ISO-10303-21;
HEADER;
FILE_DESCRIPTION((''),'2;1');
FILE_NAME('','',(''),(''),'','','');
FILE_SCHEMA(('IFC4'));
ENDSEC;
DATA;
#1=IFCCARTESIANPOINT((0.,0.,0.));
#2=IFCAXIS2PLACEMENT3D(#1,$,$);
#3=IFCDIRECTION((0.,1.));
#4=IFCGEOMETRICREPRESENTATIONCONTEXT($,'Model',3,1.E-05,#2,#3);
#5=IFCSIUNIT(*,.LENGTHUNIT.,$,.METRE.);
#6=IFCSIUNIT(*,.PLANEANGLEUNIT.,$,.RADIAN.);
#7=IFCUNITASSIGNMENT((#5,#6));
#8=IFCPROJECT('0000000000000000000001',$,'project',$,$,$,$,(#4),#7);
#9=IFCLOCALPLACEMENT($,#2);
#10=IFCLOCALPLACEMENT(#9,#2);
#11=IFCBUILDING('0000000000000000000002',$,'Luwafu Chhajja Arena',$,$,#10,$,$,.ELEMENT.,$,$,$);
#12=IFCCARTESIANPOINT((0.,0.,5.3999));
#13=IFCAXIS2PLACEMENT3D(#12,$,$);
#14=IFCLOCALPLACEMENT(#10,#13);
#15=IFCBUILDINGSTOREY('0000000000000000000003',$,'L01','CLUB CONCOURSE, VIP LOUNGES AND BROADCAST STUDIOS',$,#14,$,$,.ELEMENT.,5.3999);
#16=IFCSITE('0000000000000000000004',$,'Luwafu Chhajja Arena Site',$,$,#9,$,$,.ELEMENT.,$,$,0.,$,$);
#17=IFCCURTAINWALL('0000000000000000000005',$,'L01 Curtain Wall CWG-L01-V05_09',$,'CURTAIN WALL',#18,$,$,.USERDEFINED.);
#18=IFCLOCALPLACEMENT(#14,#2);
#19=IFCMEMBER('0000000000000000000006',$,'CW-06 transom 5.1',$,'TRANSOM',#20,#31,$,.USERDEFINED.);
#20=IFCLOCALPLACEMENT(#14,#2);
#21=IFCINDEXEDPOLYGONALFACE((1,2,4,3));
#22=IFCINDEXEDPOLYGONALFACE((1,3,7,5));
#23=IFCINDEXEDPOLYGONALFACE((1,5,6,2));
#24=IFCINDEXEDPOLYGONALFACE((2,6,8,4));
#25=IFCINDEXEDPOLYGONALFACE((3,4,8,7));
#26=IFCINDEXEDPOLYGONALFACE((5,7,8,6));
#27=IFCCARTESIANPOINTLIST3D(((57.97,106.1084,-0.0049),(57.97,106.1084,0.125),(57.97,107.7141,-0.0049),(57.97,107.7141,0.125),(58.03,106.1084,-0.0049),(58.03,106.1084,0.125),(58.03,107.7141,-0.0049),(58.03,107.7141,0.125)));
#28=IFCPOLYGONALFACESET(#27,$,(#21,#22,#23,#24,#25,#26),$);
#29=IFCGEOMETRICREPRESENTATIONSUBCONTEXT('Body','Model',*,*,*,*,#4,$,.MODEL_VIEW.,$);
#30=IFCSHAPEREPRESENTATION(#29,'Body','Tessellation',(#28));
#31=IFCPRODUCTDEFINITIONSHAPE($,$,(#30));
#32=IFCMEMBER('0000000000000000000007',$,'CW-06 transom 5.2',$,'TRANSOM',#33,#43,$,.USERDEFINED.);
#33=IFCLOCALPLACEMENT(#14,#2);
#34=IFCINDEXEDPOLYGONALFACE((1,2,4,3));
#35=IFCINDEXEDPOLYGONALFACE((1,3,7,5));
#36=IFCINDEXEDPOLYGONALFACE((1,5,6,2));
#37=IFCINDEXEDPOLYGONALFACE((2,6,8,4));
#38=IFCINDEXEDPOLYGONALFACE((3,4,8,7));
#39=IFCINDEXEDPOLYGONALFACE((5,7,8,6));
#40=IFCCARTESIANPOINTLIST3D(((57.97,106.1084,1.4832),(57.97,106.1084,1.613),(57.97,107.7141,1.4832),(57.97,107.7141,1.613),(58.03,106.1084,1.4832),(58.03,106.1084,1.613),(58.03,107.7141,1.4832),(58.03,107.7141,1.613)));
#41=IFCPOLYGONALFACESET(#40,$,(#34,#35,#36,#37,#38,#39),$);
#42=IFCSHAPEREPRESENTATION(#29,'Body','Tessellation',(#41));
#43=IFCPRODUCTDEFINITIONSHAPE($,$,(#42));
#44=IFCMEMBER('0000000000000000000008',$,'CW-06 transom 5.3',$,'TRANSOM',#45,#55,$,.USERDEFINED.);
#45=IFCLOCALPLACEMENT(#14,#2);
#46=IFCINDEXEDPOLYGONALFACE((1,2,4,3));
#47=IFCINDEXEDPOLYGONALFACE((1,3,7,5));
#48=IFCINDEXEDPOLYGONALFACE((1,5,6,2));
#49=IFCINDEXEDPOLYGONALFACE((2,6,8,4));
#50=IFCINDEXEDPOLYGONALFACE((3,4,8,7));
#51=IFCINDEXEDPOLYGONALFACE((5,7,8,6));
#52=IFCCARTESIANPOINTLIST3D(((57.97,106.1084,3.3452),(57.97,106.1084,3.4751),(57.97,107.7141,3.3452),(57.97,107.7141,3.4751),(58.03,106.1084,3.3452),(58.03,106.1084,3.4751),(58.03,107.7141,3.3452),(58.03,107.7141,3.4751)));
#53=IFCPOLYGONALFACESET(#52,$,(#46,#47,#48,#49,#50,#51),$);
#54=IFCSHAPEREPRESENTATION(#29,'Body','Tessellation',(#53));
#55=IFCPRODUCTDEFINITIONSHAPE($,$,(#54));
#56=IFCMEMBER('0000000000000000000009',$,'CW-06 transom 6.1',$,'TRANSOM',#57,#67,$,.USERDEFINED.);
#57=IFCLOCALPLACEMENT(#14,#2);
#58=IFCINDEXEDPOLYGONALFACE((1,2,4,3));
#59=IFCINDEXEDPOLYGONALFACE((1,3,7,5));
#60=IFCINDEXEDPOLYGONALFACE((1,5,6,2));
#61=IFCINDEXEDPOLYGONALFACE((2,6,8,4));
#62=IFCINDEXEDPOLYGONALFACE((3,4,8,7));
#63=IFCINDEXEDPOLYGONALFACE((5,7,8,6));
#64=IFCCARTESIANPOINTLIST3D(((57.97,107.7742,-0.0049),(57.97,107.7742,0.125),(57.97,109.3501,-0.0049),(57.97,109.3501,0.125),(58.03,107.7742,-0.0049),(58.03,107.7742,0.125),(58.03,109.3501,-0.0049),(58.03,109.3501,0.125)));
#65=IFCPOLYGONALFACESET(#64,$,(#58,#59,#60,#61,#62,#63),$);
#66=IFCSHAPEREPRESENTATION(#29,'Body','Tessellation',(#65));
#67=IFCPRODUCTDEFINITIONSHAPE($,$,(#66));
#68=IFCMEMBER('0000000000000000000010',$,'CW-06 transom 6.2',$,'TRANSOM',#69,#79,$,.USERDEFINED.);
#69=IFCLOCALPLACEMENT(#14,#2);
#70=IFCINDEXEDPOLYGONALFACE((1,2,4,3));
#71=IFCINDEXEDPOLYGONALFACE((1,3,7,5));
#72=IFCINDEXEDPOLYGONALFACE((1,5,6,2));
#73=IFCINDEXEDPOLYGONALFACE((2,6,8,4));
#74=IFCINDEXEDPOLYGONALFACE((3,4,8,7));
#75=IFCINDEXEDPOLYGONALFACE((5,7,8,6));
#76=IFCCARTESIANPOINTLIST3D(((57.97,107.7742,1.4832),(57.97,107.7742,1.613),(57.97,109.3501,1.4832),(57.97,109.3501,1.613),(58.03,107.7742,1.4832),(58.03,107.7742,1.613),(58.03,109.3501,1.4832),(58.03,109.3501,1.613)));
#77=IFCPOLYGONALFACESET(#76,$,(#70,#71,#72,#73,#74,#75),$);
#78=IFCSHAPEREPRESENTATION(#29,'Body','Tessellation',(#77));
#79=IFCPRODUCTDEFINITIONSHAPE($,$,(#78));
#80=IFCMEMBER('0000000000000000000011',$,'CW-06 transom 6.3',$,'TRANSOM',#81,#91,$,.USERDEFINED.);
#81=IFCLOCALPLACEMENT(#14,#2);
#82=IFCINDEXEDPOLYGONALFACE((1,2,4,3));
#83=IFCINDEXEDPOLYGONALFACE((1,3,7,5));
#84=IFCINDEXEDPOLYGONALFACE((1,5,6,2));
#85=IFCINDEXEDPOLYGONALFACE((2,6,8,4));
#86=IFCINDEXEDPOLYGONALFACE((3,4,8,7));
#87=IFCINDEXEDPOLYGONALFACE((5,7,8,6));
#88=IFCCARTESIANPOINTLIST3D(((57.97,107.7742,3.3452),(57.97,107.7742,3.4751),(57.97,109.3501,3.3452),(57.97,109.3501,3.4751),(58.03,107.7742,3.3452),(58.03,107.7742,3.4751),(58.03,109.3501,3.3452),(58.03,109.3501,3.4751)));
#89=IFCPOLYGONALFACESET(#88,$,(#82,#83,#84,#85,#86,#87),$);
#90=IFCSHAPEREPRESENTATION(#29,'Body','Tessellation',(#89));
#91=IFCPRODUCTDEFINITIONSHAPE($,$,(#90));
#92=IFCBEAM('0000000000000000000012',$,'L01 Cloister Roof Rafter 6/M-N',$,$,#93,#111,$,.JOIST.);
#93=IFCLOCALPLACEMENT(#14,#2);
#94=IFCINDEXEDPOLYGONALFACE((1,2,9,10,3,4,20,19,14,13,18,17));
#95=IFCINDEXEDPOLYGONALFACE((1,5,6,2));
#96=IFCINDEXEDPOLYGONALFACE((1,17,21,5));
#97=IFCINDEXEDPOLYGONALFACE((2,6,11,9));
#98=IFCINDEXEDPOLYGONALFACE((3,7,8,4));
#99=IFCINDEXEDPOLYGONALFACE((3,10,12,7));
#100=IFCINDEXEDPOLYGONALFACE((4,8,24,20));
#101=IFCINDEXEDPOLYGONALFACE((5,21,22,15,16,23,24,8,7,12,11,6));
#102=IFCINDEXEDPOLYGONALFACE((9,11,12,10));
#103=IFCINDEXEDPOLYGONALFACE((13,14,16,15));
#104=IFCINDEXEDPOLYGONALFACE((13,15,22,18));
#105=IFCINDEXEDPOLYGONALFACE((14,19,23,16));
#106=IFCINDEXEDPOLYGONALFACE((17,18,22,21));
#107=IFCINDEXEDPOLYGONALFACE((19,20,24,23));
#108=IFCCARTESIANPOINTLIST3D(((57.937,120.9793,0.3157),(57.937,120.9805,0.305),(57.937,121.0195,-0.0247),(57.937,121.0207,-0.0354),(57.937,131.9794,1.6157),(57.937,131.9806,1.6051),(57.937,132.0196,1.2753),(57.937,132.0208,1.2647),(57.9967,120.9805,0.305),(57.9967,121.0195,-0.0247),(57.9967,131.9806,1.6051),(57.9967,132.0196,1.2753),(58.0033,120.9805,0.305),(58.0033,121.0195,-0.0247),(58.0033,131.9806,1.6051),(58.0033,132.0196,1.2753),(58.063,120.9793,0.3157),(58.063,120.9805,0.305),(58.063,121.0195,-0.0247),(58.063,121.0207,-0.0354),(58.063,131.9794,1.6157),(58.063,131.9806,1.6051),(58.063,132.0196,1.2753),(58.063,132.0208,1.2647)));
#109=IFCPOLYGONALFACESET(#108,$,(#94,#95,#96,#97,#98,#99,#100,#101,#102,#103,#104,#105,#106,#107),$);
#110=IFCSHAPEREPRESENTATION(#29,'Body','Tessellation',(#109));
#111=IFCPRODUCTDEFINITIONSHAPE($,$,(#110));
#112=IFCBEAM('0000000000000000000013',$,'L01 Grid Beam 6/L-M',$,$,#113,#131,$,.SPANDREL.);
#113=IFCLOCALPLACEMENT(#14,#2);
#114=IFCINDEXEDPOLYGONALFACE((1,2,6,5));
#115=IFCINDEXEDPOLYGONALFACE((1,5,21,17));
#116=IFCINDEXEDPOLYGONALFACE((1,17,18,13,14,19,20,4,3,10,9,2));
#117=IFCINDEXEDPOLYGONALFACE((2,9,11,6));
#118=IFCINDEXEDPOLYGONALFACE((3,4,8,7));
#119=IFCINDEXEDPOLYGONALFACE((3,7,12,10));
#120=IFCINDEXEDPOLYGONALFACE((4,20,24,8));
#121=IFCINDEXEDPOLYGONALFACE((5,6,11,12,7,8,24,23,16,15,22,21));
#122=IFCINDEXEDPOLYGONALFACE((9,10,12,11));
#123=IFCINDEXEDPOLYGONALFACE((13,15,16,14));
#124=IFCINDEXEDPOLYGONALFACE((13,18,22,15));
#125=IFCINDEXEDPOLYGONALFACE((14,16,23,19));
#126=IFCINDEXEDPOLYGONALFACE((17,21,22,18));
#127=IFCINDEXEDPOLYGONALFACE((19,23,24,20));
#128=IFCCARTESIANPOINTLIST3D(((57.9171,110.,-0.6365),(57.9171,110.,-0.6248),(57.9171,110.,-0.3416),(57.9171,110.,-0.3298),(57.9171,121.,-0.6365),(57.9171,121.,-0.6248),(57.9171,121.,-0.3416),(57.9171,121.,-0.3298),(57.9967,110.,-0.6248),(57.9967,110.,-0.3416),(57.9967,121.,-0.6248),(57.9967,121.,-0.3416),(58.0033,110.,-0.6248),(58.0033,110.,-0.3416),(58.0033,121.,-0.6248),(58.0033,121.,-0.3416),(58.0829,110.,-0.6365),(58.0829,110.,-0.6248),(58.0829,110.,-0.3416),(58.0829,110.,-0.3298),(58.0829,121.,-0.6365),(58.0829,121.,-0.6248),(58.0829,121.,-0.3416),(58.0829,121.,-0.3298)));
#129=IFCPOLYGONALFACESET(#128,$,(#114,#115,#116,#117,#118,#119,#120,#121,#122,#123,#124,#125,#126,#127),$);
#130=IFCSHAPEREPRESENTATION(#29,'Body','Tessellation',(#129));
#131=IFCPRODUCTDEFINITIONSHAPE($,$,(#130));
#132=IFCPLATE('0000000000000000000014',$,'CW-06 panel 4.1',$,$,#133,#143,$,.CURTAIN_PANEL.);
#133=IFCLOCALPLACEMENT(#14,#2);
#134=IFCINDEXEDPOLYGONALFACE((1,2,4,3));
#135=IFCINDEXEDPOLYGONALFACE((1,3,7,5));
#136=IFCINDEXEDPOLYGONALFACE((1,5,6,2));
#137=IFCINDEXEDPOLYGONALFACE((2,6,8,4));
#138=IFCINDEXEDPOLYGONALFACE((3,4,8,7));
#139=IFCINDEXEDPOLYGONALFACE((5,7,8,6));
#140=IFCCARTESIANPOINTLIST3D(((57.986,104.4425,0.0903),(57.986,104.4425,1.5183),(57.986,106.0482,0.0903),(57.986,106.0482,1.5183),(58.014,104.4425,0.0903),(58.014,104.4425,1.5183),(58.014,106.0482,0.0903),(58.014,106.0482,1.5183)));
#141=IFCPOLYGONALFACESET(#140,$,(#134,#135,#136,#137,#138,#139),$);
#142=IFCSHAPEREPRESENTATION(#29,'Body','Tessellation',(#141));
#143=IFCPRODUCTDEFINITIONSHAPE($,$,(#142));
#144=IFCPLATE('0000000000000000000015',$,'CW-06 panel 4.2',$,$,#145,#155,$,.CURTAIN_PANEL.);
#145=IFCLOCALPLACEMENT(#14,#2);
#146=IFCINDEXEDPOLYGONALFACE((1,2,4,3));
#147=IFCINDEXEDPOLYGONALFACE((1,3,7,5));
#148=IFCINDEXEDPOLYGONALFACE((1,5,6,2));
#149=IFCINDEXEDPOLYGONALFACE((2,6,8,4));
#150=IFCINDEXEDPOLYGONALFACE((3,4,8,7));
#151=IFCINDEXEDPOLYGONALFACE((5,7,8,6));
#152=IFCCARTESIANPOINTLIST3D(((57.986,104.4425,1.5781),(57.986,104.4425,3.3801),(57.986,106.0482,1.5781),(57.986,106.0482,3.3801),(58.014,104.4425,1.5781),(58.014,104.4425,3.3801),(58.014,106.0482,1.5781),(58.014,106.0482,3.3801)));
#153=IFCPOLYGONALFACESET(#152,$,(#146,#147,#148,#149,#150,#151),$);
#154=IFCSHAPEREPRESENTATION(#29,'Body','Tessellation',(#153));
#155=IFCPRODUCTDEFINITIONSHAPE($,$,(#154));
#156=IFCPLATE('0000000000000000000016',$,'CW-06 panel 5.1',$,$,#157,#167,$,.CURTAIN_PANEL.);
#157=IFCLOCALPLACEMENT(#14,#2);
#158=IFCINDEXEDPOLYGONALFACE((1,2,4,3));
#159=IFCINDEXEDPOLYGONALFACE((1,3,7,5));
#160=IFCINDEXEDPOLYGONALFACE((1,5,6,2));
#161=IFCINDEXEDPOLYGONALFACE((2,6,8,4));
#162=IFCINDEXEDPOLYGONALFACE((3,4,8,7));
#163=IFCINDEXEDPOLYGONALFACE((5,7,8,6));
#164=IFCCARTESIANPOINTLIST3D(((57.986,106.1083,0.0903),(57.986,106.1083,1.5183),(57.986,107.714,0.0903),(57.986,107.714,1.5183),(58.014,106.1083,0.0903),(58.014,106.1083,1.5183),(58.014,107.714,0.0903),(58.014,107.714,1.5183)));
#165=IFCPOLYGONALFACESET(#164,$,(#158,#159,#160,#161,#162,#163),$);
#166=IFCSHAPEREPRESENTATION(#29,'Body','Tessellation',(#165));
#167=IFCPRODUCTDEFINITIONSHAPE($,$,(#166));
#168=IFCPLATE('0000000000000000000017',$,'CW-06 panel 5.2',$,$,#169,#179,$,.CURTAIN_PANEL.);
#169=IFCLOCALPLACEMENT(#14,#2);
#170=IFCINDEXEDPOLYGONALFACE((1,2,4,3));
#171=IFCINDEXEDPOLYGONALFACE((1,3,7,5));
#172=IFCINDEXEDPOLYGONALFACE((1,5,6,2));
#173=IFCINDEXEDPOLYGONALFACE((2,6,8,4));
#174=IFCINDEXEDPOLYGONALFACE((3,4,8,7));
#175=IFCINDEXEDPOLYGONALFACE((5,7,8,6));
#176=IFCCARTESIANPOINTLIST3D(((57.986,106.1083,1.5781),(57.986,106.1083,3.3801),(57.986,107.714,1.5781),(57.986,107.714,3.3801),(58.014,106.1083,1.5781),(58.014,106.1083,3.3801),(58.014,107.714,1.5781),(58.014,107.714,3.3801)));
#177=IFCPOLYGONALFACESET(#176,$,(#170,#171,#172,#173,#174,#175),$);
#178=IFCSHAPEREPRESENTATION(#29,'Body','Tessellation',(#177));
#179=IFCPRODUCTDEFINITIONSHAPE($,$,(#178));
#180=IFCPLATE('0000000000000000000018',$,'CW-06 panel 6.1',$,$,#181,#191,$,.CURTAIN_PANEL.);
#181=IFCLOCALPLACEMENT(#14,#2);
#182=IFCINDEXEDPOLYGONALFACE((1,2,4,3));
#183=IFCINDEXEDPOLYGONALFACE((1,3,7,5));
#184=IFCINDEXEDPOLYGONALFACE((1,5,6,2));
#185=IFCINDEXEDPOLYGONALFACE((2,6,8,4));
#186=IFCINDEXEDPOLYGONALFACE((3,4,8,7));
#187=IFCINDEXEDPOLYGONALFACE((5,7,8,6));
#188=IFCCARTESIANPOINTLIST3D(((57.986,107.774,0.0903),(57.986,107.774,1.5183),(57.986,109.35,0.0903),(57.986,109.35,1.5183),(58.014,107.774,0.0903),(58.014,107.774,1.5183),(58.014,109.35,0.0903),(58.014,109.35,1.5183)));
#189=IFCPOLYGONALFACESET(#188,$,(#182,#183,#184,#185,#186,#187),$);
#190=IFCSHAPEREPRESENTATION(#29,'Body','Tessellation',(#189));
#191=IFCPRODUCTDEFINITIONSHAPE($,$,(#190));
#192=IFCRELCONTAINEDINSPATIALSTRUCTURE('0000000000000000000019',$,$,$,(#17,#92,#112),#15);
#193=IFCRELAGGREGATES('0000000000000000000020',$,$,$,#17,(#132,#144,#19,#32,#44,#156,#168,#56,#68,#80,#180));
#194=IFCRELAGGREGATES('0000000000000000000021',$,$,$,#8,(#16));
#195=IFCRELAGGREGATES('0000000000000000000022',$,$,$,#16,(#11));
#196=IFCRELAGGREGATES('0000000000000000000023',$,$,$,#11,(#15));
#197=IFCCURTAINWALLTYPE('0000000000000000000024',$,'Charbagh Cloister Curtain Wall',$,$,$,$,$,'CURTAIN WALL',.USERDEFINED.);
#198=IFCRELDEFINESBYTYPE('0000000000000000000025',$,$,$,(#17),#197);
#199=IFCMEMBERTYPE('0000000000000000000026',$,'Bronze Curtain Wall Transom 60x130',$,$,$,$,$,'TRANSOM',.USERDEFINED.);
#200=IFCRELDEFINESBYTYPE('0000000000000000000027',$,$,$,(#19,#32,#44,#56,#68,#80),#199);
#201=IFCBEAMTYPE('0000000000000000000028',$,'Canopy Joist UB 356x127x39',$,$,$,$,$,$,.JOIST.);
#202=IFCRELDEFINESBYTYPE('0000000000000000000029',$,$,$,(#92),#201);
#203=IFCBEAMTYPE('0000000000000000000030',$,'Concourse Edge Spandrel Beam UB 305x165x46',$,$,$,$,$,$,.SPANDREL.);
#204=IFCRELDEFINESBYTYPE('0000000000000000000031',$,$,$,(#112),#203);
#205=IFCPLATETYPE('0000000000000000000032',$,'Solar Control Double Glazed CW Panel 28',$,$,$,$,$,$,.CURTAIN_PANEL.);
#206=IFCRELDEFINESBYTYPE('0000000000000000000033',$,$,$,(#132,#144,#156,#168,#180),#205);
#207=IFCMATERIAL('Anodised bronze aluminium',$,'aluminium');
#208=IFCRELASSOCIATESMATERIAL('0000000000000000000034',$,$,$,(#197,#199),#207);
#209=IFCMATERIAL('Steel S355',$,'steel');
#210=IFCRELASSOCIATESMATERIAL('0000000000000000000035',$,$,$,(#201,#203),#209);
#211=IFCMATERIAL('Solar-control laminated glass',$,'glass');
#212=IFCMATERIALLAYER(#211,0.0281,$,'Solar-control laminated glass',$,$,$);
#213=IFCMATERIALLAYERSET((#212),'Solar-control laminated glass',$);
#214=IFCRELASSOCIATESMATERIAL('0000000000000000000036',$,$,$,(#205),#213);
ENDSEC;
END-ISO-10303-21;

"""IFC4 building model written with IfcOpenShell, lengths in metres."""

from ifc_helpers import new_model, si_unit, direction, frame, origin, origin_2d, place, context, subcontext, project, spatial, rectangle, i_section, extrude, material, layer, layer_set, material_profile, profile_set, type_object, element, aggregate, save


model = new_model("IFC4")

# Units and contexts
model_context = context("Model", 3, precision=1e-05, world=origin(), true_north=direction((0.0, 1.0)))
body_context = subcontext(model_context, "Body", "Model", "MODEL_VIEW")
ifc_project = project(units=[si_unit("LENGTHUNIT", "METRE"), si_unit("PLANEANGLEUNIT", "RADIAN")], contexts=[model_context])

# Site, building, storey
site_placement = place(None, origin())
site = spatial("IfcSite", under=ifc_project, at=site_placement, Name="Luwafu Chhajja Arena Site", CompositionType="ELEMENT", RefElevation=0.0)
building_placement = place(site_placement, origin())
building = spatial("IfcBuilding", under=site, at=building_placement, Name="Luwafu Chhajja Arena", CompositionType="ELEMENT")
storey_placement = place(building_placement, frame((0.0, 0.0, 5.3999)))
storey = spatial("IfcBuildingStorey", under=building, at=storey_placement, Name="L01", Description="CLUB CONCOURSE, VIP LOUNGES AND BROADCAST STUDIOS", CompositionType="ELEMENT", Elevation=5.3999)

# Shared definitions
ifc_material_1 = material(Name="Steel S355", Category="steel")

# Curtain wall, members
ifc_material_2 = material(Name="Anodised bronze aluminium", Category="aluminium")
curtain_wall_type = type_object("IfcCurtainWallType", Name="Charbagh Cloister Curtain Wall", ElementType="CURTAIN WALL", PredefinedType="USERDEFINED", material=ifc_material_2)
curtain_wall_placement = place(storey_placement, origin())
curtain_wall = element("IfcCurtainWall", 1, at=curtain_wall_placement, inside=storey, type_object=curtain_wall_type, Name="L01 Curtain Wall CWG-L01-V05_09", ObjectType="CURTAIN WALL", PredefinedType="USERDEFINED")
ifc_material_profile_1 = material_profile(ifc_material_2, rectangle(XDim=0.0601, YDim=0.1299, at=origin_2d()), Name="CWT 60x130")
ifc_profile_set_1 = profile_set([ifc_material_profile_1], Name="Anodised bronze aluminium")
member_type_1 = type_object("IfcMemberType", Name="Bronze Curtain Wall Transom 60x130", ElementType="TRANSOM", PredefinedType="USERDEFINED", material=ifc_profile_set_1)
member_1_placement = place(storey_placement, frame((58.0, 106.1084, 0.0601), z_axis=(0.0, 1.0, 0.0), x_axis=(-1.0, 0.0, 0.0)))
member_1 = element("IfcMember", 2, at=member_1_placement, type_object=member_type_1, Name="CW-06 transom 5.1", ObjectType="TRANSOM", PredefinedType="USERDEFINED", context=body_context, shape_type="SweptSolid", body=[
    extrude(rectangle(XDim=0.0601, YDim=0.1299, at=origin_2d()), origin(), (0.0, 0.0, 1.0), 1.6057),
])
member_2_placement = place(storey_placement, frame((58.0, 106.1084, 1.5481), z_axis=(0.0, 1.0, 0.0), x_axis=(-1.0, 0.0, 0.0)))
member_2 = element("IfcMember", 3, at=member_2_placement, type_object=member_type_1, Name="CW-06 transom 5.2", ObjectType="TRANSOM", PredefinedType="USERDEFINED", context=body_context, shape_type="SweptSolid", body=[
    extrude(rectangle(XDim=0.0601, YDim=0.1299, at=origin_2d()), origin(), (0.0, 0.0, 1.0), 1.6057),
])
member_3_placement = place(storey_placement, frame((58.0, 106.1084, 3.4102), z_axis=(0.0, 1.0, 0.0), x_axis=(-1.0, 0.0, 0.0)))
member_3 = element("IfcMember", 4, at=member_3_placement, type_object=member_type_1, Name="CW-06 transom 5.3", ObjectType="TRANSOM", PredefinedType="USERDEFINED", context=body_context, shape_type="SweptSolid", body=[
    extrude(rectangle(XDim=0.0601, YDim=0.1299, at=origin_2d()), origin(), (0.0, 0.0, 1.0), 1.6057),
])
member_4_placement = place(storey_placement, frame((58.0, 107.7742, 0.0601), z_axis=(0.0, 1.0, 0.0), x_axis=(-1.0, 0.0, 0.0)))
member_4 = element("IfcMember", 5, at=member_4_placement, type_object=member_type_1, Name="CW-06 transom 6.1", ObjectType="TRANSOM", PredefinedType="USERDEFINED", context=body_context, shape_type="SweptSolid", body=[
    extrude(rectangle(XDim=0.0601, YDim=0.1299, at=origin_2d()), origin(), (0.0, 0.0, 1.0), 1.5759),
])
member_5_placement = place(storey_placement, frame((58.0, 107.7742, 1.5481), z_axis=(0.0, 1.0, 0.0), x_axis=(-1.0, 0.0, 0.0)))
member_5 = element("IfcMember", 6, at=member_5_placement, type_object=member_type_1, Name="CW-06 transom 6.2", ObjectType="TRANSOM", PredefinedType="USERDEFINED", context=body_context, shape_type="SweptSolid", body=[
    extrude(rectangle(XDim=0.0601, YDim=0.1299, at=origin_2d()), origin(), (0.0, 0.0, 1.0), 1.5759),
])
member_6_placement = place(storey_placement, frame((58.0, 107.7742, 3.4102), z_axis=(0.0, 1.0, 0.0), x_axis=(-1.0, 0.0, 0.0)))
member_6 = element("IfcMember", 7, at=member_6_placement, type_object=member_type_1, Name="CW-06 transom 6.3", ObjectType="TRANSOM", PredefinedType="USERDEFINED", context=body_context, shape_type="SweptSolid", body=[
    extrude(rectangle(XDim=0.0601, YDim=0.1299, at=origin_2d()), origin(), (0.0, 0.0, 1.0), 1.5759),
])

# Beams
ifc_material_profile_2 = material_profile(ifc_material_1, i_section(OverallWidth=0.126, OverallDepth=0.3535, WebThickness=0.0066, FlangeThickness=0.0107, at=origin_2d()), Name="UB 356x127x39")
ifc_profile_set_2 = profile_set([ifc_material_profile_2], Name="Steel S355")
beam_type_1 = type_object("IfcBeamType", Name="Canopy Joist UB 356x127x39", PredefinedType="JOIST", material=ifc_profile_set_2)
beam_1_placement = place(storey_placement, frame((58.0, 121.0, 0.1401), z_axis=(0.0, 0.993088, 0.117369), x_axis=(-1.0, 0.0, 0.0)))
element("IfcBeam", 8, at=beam_1_placement, inside=storey, type_object=beam_type_1, Name="L01 Cloister Roof Rafter 6/M-N", PredefinedType="JOIST", context=body_context, shape_type="SweptSolid", body=[
    extrude(i_section(OverallWidth=0.126, OverallDepth=0.3535, WebThickness=0.0066, FlangeThickness=0.0107, at=origin_2d()), origin(), (0.0, 0.0, 1.0), 11.0767),
])
ifc_material_profile_3 = material_profile(ifc_material_1, i_section(OverallWidth=0.1658, OverallDepth=0.3066, WebThickness=0.0066, FlangeThickness=0.0117, at=origin_2d()), Name="UB 305x165x46")
ifc_profile_set_3 = profile_set([ifc_material_profile_3], Name="Steel S355")
beam_type_2 = type_object("IfcBeamType", Name="Concourse Edge Spandrel Beam UB 305x165x46", PredefinedType="SPANDREL", material=ifc_profile_set_3)
beam_2_placement = place(storey_placement, frame((58.0, 110.0, -0.4832), z_axis=(0.0, 1.0, 0.0), x_axis=(-1.0, 0.0, 0.0)))
element("IfcBeam", 9, at=beam_2_placement, inside=storey, type_object=beam_type_2, Name="L01 Grid Beam 6/L-M", PredefinedType="SPANDREL", context=body_context, shape_type="SweptSolid", body=[
    extrude(i_section(OverallWidth=0.1658, OverallDepth=0.3066, WebThickness=0.0066, FlangeThickness=0.0117, at=origin_2d()), origin(), (0.0, 0.0, 1.0), 11.0),
])

# Plates
ifc_material_3 = material(Name="Solar-control laminated glass", Category="glass")
ifc_layer_1 = layer(ifc_material_3, 0.0281, Name="Solar-control laminated glass")
ifc_layer_set_1 = layer_set([ifc_layer_1], Name="Solar-control laminated glass")
plate_type = type_object("IfcPlateType", Name="Solar Control Double Glazed CW Panel 28", PredefinedType="CURTAIN_PANEL", material=ifc_layer_set_1)
plate_1_placement = place(storey_placement, frame((58.0, 105.2454, 0.0903), z_axis=(0.0, 0.0, 1.0), x_axis=(0.0, 1.0, 0.0)))
plate_1 = element("IfcPlate", 10, at=plate_1_placement, type_object=plate_type, Name="CW-06 panel 4.1", PredefinedType="CURTAIN_PANEL", context=body_context, shape_type="SweptSolid", body=[
    extrude(rectangle(XDim=1.6057, YDim=0.0281, at=origin_2d()), origin(), (0.0, 0.0, 1.0), 1.428),
])
plate_2_placement = place(storey_placement, frame((58.0, 105.2454, 1.5781), z_axis=(0.0, 0.0, 1.0), x_axis=(0.0, 1.0, 0.0)))
plate_2 = element("IfcPlate", 11, at=plate_2_placement, type_object=plate_type, Name="CW-06 panel 4.2", PredefinedType="CURTAIN_PANEL", context=body_context, shape_type="SweptSolid", body=[
    extrude(rectangle(XDim=1.6057, YDim=0.0281, at=origin_2d()), origin(), (0.0, 0.0, 1.0), 1.802),
])
plate_3_placement = place(storey_placement, frame((58.0, 106.9111, 0.0903), z_axis=(0.0, 0.0, 1.0), x_axis=(0.0, 1.0, 0.0)))
plate_3 = element("IfcPlate", 12, at=plate_3_placement, type_object=plate_type, Name="CW-06 panel 5.1", PredefinedType="CURTAIN_PANEL", context=body_context, shape_type="SweptSolid", body=[
    extrude(rectangle(XDim=1.6057, YDim=0.0281, at=origin_2d()), origin(), (0.0, 0.0, 1.0), 1.428),
])
plate_4_placement = place(storey_placement, frame((58.0, 106.9111, 1.5781), z_axis=(0.0, 0.0, 1.0), x_axis=(0.0, 1.0, 0.0)))
plate_4 = element("IfcPlate", 13, at=plate_4_placement, type_object=plate_type, Name="CW-06 panel 5.2", PredefinedType="CURTAIN_PANEL", context=body_context, shape_type="SweptSolid", body=[
    extrude(rectangle(XDim=1.6057, YDim=0.0281, at=origin_2d()), origin(), (0.0, 0.0, 1.0), 1.802),
])
plate_5_placement = place(storey_placement, frame((58.0, 108.562, 0.0903), z_axis=(0.0, 0.0, 1.0), x_axis=(0.0, 1.0, 0.0)))
plate_5 = element("IfcPlate", 14, at=plate_5_placement, type_object=plate_type, Name="CW-06 panel 6.1", PredefinedType="CURTAIN_PANEL", context=body_context, shape_type="SweptSolid", body=[
    extrude(rectangle(XDim=1.5759, YDim=0.0281, at=origin_2d()), origin(), (0.0, 0.0, 1.0), 1.428),
])
aggregate(curtain_wall, [plate_1, plate_2, member_1, member_2, member_3, plate_3, plate_4, member_4, member_5, member_6, plate_5])

save(model, "model.ifc")
